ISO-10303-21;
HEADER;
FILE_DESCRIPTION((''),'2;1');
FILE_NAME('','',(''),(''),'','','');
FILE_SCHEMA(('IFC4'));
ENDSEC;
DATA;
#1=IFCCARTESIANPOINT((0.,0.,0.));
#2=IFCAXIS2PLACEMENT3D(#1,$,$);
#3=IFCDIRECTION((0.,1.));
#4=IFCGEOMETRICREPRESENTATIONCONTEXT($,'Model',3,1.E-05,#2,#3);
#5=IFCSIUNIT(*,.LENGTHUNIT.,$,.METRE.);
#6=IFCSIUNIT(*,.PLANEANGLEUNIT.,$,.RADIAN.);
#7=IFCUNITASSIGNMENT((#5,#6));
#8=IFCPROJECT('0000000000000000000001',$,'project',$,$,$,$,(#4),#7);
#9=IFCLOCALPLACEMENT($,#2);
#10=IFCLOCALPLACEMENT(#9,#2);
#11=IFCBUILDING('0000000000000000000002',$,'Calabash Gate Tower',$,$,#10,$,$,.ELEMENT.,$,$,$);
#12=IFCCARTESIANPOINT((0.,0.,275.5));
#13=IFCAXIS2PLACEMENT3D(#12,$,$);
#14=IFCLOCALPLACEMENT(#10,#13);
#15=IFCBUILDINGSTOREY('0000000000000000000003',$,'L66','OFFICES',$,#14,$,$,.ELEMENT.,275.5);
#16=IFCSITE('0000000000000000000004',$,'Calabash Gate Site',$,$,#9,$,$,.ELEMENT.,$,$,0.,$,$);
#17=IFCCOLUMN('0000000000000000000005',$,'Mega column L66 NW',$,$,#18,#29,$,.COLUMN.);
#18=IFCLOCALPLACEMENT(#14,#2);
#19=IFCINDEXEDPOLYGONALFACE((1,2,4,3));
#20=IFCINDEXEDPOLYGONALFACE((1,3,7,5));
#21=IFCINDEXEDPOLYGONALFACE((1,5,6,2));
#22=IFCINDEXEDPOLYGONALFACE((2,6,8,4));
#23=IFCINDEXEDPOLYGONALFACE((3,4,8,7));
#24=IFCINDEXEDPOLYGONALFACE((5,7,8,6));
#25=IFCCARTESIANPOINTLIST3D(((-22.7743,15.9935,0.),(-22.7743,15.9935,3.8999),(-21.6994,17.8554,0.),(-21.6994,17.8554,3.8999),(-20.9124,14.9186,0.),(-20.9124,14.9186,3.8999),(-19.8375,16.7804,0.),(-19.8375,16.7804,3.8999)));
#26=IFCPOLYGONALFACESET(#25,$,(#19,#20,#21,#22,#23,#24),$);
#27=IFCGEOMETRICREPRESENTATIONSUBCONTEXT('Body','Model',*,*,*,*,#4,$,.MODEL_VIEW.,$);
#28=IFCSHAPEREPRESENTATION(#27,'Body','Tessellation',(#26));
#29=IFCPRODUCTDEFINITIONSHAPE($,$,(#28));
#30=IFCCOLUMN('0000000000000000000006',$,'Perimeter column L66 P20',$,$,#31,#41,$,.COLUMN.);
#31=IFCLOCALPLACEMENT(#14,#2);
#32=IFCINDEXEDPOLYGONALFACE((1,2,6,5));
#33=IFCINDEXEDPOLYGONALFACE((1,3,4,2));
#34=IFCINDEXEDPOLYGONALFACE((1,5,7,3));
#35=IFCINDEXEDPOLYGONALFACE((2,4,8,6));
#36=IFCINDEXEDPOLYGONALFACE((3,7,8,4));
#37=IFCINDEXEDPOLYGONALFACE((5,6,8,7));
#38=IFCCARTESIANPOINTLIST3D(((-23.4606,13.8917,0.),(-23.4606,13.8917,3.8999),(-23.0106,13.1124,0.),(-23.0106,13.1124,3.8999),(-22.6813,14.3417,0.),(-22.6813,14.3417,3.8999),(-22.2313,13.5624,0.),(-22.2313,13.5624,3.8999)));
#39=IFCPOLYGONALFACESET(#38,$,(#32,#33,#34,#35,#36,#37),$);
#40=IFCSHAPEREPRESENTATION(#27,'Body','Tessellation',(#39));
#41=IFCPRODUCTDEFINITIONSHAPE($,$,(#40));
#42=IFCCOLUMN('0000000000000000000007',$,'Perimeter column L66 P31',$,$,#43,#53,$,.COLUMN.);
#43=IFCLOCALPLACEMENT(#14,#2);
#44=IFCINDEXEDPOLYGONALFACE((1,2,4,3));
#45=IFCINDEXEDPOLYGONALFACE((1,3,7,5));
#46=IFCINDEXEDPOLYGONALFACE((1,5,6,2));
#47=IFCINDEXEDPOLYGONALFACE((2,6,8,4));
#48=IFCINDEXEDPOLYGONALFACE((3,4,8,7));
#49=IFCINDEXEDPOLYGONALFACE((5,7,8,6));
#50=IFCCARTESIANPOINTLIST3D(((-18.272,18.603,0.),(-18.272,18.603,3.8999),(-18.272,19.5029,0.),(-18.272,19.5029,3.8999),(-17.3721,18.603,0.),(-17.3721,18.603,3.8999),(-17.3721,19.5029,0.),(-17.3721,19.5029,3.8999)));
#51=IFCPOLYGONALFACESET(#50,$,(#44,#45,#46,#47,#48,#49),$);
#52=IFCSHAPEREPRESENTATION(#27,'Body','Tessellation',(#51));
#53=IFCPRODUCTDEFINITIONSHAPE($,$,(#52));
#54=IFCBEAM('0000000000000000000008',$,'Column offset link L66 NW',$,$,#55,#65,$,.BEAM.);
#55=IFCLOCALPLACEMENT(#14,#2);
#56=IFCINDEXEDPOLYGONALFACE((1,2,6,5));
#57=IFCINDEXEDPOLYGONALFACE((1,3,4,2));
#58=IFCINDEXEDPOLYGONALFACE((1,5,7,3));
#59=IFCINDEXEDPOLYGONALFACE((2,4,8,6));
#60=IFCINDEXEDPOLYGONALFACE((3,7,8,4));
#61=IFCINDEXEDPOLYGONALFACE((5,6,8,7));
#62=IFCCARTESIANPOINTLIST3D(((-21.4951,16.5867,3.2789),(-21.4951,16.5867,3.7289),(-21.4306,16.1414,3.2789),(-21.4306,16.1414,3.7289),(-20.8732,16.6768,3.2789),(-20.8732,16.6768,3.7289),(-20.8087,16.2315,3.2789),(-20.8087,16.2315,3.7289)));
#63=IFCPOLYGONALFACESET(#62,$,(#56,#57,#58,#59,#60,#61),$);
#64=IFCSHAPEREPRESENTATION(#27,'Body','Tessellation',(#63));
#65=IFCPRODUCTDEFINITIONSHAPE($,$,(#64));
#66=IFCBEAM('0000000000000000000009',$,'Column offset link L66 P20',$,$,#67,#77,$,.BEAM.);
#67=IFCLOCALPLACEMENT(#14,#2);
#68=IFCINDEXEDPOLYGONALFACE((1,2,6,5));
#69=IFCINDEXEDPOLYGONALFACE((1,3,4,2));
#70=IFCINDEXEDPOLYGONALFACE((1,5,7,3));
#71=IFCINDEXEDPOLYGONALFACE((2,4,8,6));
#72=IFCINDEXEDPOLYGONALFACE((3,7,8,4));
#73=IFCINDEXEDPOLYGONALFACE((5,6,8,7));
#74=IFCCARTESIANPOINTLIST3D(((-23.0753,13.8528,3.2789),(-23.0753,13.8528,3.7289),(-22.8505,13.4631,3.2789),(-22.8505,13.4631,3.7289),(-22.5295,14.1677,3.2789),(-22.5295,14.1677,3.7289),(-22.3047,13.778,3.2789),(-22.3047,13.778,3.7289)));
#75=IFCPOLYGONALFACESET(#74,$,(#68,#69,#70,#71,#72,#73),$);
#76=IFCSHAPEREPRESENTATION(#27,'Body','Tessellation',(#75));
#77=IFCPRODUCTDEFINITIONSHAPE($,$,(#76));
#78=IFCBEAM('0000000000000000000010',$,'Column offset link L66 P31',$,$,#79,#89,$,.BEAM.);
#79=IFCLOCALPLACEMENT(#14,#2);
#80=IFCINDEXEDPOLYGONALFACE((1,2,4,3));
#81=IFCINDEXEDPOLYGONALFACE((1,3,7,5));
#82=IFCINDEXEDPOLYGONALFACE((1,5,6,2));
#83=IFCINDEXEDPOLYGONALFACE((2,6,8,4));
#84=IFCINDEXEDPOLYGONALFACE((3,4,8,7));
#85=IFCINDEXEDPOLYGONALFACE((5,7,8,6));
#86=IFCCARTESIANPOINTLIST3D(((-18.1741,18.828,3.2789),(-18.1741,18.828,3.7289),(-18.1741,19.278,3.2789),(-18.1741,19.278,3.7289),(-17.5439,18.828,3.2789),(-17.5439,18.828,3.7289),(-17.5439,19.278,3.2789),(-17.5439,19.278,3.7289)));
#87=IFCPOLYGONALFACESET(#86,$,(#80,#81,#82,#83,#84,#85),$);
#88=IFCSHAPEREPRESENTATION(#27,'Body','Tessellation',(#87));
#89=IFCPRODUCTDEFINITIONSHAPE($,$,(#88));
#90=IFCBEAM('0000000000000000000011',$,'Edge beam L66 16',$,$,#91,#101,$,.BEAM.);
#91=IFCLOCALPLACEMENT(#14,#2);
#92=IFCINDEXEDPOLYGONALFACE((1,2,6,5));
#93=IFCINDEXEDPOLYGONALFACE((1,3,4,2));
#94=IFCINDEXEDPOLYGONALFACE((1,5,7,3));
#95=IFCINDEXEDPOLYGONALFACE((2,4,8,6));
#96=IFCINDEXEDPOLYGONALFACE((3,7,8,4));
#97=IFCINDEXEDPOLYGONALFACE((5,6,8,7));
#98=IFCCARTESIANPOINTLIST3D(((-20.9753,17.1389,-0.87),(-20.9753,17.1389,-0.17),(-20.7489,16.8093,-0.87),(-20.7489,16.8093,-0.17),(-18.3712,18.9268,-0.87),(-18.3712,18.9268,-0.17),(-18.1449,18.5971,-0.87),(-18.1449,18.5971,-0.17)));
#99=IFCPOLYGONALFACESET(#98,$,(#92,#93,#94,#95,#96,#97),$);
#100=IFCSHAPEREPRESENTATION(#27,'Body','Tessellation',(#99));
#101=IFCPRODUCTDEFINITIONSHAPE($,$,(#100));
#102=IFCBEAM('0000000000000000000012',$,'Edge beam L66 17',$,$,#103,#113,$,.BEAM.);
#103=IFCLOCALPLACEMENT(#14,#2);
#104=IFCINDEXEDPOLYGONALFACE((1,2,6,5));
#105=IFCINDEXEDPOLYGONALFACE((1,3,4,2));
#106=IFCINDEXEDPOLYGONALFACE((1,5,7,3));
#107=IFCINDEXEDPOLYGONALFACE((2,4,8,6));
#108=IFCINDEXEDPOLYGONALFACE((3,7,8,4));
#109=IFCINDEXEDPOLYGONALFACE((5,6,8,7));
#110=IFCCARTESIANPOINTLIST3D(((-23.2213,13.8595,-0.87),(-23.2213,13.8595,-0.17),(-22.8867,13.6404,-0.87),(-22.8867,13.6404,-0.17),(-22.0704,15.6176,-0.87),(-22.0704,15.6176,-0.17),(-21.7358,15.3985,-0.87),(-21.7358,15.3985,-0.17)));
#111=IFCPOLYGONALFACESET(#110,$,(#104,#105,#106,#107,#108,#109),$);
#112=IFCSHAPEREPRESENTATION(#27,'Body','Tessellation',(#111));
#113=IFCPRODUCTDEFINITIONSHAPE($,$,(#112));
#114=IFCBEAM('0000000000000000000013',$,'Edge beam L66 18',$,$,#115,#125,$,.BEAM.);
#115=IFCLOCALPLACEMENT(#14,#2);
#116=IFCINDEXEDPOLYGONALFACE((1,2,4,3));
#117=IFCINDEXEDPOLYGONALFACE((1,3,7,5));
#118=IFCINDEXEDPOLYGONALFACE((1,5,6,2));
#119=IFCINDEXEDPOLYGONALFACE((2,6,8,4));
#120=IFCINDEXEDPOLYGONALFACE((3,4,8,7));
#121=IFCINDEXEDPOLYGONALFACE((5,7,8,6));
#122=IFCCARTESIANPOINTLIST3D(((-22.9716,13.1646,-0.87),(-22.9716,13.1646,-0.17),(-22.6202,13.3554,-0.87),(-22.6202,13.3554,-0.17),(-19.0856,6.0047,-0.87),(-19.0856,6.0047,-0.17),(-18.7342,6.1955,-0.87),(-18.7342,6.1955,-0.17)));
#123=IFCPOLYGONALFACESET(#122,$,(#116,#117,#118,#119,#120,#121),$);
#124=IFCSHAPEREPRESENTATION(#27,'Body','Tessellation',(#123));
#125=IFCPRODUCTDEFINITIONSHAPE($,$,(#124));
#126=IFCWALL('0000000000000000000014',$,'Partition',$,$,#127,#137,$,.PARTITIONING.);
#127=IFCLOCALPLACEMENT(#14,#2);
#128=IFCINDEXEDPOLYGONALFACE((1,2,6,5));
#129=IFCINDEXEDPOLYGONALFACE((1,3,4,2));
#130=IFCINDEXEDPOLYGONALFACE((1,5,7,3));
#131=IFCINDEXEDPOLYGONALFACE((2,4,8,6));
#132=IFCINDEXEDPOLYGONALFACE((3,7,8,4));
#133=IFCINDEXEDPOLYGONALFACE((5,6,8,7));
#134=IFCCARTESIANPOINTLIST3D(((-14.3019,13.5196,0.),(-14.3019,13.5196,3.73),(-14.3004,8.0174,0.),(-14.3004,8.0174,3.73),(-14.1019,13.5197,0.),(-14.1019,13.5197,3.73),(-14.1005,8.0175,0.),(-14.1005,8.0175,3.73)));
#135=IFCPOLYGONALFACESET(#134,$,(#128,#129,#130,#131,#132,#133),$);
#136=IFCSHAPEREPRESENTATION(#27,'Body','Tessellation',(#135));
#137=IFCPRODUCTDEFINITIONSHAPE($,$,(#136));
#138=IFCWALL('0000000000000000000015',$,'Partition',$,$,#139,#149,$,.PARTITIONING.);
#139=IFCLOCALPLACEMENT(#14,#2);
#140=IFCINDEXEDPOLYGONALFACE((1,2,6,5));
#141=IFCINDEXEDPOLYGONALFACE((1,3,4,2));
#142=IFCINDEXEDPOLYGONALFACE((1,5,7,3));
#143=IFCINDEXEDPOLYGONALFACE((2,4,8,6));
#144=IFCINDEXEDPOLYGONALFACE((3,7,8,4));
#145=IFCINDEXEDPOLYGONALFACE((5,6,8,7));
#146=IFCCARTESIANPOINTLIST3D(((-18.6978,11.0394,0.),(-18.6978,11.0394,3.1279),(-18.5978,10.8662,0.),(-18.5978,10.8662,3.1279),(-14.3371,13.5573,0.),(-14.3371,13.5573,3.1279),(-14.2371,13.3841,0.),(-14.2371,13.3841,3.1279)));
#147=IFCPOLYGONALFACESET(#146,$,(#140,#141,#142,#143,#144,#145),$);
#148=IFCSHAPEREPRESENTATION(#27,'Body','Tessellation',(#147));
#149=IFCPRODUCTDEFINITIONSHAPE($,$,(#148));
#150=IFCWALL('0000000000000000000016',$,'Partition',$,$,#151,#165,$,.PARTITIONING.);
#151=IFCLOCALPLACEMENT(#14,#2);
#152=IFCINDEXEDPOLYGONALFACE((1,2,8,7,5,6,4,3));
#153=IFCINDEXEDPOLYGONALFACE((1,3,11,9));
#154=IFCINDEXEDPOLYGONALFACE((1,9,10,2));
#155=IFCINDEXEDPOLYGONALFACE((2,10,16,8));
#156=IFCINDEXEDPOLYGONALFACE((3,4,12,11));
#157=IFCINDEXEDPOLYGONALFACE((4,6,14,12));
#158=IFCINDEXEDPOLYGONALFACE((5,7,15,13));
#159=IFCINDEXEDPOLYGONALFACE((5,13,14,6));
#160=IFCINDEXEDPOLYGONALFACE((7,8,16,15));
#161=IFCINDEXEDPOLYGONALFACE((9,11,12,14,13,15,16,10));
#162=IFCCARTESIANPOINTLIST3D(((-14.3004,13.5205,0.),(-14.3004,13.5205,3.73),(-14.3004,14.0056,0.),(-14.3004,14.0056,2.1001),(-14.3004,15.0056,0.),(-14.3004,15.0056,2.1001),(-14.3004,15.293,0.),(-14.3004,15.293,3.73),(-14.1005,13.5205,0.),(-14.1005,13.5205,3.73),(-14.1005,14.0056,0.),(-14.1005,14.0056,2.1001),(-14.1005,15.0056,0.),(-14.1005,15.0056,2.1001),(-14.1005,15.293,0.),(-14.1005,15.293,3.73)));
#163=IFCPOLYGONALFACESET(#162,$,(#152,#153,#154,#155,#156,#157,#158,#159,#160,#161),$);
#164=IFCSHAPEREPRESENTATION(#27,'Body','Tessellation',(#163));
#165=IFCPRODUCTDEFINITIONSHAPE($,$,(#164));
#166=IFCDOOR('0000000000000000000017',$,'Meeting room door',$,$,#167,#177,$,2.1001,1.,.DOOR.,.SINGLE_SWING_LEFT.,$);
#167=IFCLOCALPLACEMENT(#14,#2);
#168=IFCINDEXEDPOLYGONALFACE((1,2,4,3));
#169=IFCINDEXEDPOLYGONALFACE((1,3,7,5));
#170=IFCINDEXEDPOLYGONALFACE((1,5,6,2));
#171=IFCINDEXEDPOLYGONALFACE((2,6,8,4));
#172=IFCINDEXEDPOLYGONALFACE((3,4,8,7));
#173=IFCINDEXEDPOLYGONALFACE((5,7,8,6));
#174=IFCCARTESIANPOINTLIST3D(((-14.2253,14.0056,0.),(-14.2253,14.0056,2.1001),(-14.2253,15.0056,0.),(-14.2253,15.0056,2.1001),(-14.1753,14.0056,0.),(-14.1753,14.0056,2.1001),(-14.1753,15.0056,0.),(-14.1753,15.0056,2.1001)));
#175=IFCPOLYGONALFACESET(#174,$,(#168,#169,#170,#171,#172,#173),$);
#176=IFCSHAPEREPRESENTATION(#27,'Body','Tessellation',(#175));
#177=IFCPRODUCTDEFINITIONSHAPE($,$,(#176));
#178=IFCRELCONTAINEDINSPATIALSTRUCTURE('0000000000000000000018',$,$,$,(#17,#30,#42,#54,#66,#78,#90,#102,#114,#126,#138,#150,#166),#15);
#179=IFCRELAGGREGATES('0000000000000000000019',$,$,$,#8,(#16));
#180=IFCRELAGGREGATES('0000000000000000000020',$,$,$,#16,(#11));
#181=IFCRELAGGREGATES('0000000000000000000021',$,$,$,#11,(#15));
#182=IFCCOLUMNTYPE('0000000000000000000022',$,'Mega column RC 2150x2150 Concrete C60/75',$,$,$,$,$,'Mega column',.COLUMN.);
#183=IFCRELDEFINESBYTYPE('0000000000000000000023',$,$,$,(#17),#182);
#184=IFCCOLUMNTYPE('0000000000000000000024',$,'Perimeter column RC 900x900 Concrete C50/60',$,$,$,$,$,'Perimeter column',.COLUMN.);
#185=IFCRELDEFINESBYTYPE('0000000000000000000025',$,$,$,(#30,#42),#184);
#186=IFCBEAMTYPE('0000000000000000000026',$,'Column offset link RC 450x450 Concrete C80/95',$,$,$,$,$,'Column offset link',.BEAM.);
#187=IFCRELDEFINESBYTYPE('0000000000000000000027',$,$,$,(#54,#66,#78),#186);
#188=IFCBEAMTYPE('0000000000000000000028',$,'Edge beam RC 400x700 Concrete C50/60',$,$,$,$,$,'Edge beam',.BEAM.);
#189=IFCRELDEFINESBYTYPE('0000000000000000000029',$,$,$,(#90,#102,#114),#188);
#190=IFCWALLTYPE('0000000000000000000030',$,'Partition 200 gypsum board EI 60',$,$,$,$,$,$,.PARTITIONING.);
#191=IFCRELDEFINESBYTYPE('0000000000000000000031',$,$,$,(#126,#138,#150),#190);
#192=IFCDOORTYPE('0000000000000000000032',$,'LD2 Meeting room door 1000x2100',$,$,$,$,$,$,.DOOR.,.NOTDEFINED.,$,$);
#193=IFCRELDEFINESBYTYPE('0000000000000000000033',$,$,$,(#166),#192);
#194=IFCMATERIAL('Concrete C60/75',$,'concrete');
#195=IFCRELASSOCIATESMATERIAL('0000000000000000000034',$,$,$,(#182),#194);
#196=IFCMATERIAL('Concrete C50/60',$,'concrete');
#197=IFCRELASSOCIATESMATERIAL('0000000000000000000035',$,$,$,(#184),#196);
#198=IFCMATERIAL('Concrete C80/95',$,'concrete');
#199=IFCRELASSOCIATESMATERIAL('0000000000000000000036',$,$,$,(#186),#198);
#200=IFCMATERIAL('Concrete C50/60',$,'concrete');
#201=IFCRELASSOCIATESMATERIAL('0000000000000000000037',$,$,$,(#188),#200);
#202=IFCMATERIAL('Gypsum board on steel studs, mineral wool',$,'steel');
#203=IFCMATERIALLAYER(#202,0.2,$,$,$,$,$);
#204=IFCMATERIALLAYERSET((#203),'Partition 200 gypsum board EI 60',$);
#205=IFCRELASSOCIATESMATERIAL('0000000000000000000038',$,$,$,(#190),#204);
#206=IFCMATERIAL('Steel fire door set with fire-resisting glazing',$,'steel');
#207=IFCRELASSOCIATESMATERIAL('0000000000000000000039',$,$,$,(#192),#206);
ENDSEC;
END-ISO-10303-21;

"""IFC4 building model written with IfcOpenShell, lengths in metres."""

from ifc_helpers import new_model, si_unit, direction, frame, frame_2d, origin, origin_2d, place, context, subcontext, project, spatial, rectangle, extrude, material, layer, layer_set, material_profile, profile_set, type_object, element, fill, save


model = new_model("IFC4")

# Units and contexts
model_context = context("Model", 3, precision=1e-05, world=origin(), true_north=direction((0.0, 1.0)))
body_context = subcontext(model_context, "Body", "Model", "MODEL_VIEW")
ifc_project = project(units=[si_unit("LENGTHUNIT", "METRE"), si_unit("PLANEANGLEUNIT", "RADIAN")], contexts=[model_context])

# Site, building, storey
site_placement = place(None, origin())
site = spatial("IfcSite", under=ifc_project, at=site_placement, Name="Calabash Gate Site", CompositionType="ELEMENT", RefElevation=0.0)
building_placement = place(site_placement, origin())
building = spatial("IfcBuilding", under=site, at=building_placement, Name="Calabash Gate Tower", CompositionType="ELEMENT")
storey_placement = place(building_placement, frame((0.0, 0.0, 275.5)))
storey = spatial("IfcBuildingStorey", under=building, at=storey_placement, Name="L66", Description="OFFICES", CompositionType="ELEMENT", Elevation=275.5)

# Columns
ifc_material_1 = material(Name="Concrete C60/75", Category="concrete")
ifc_material_profile_1 = material_profile(ifc_material_1, rectangle(XDim=2.1499, YDim=2.1499, at=origin_2d()))
ifc_profile_set_1 = profile_set([ifc_material_profile_1], Name="Concrete C60/75")
column_type_1 = type_object("IfcColumnType", Name="Mega column RC 2150x2150 Concrete C60/75", ElementType="Mega column", PredefinedType="COLUMN", material=ifc_profile_set_1)
column_placement = place(storey_placement, frame((-21.3059, 16.387, 0.0), z_axis=(0.0, 0.0, 1.0), x_axis=(0.866025, -0.5, 0.0)))
element("IfcColumn", 1, at=column_placement, inside=storey, type_object=column_type_1, Name="Mega column L66 NW", PredefinedType="COLUMN", context=body_context, shape_type="SweptSolid", body=[
    extrude(rectangle(XDim=2.1499, YDim=2.1499, at=origin_2d()), origin(), (0.0, 0.0, 1.0), 3.8999),
])
ifc_material_2 = material(Name="Concrete C50/60", Category="concrete")
ifc_material_profile_2 = material_profile(ifc_material_2, rectangle(XDim=0.8999, YDim=0.8999, at=origin_2d()))
ifc_profile_set_2 = profile_set([ifc_material_profile_2], Name="Concrete C50/60")
column_type_2 = type_object("IfcColumnType", Name="Perimeter column RC 900x900 Concrete C50/60", ElementType="Perimeter column", PredefinedType="COLUMN", material=ifc_profile_set_2)
for number, where, z_axis, x_axis, name in (
    (2, (-22.8459, 13.7271, 0.0), (0.0, 0.0, 1.0), (0.5, -0.866025, 0.0), "Perimeter column L66 P20"),
    (3, (-17.822, 19.053, 0.0), (0.0, 0.0, 1.0), (-1.0, 0.0, 0.0), "Perimeter column L66 P31"),
):
    element("IfcColumn", number, at=place(storey_placement, frame(where, z_axis=z_axis, x_axis=x_axis)), inside=storey, type_object=column_type_2, Name=name, PredefinedType="COLUMN", context=body_context, shape_type="SweptSolid", body=[
        extrude(rectangle(XDim=0.8999, YDim=0.8999, at=origin_2d()), origin(), (0.0, 0.0, 1.0), 3.8999),
    ])

# Beams
ifc_material_3 = material(Name="Concrete C80/95", Category="concrete")
ifc_material_profile_3 = material_profile(ifc_material_3, rectangle(XDim=0.45, YDim=0.45, at=origin_2d()))
ifc_profile_set_3 = profile_set([ifc_material_profile_3], Name="Concrete C80/95")
beam_type_1 = type_object("IfcBeamType", Name="Column offset link RC 450x450 Concrete C80/95", ElementType="Column offset link", PredefinedType="BEAM", material=ifc_profile_set_3)
beam_1_placement = place(storey_placement, frame((-21.4629, 16.364, 3.5039), z_axis=(0.989668, 0.143379, 0.0), x_axis=(-0.143379, 0.989668, 0.0)))
element("IfcBeam", 4, at=beam_1_placement, inside=storey, type_object=beam_type_1, Name="Column offset link L66 NW", PredefinedType="BEAM", context=body_context, shape_type="SweptSolid", body=[
    extrude(rectangle(XDim=0.45, YDim=0.45, at=origin_2d()), origin(), (0.0, 0.0, 1.0), 0.6284),
])
for number, where, z_axis, x_axis, name in (
    (5, (-22.9629, 13.658, 3.5039), (0.866186, 0.499722, 0.0), (-0.499722, 0.866186, 0.0), "Column offset link L66 P20"),
    (6, (-18.1741, 19.053, 3.5039), (1.0, 0.0, 0.0), (0.0, 1.0, 0.0), "Column offset link L66 P31"),
):
    element("IfcBeam", number, at=place(storey_placement, frame(where, z_axis=z_axis, x_axis=x_axis)), inside=storey, type_object=beam_type_1, Name=name, PredefinedType="BEAM", context=body_context, shape_type="SweptSolid", body=[
        extrude(rectangle(XDim=0.45, YDim=0.45, at=origin_2d()), origin(), (0.0, 0.0, 1.0), 0.6301),
    ])
ifc_material_4 = material(Name="Concrete C50/60", Category="concrete")
ifc_material_profile_4 = material_profile(ifc_material_4, rectangle(XDim=0.3999, YDim=0.7, at=origin_2d()))
ifc_profile_set_4 = profile_set([ifc_material_profile_4], Name="Concrete C50/60")
beam_type_2 = type_object("IfcBeamType", Name="Edge beam RC 400x700 Concrete C50/60", ElementType="Edge beam", PredefinedType="BEAM", material=ifc_profile_set_4)
beam_2_placement = place(storey_placement, frame((-18.2581, 18.762, -0.52), z_axis=(-0.824398, -0.56601, 0.0), x_axis=(0.56601, -0.824398, 0.0)))
element("IfcBeam", 7, at=beam_2_placement, inside=storey, type_object=beam_type_2, Name="Edge beam L66 16", PredefinedType="BEAM", context=body_context, shape_type="SweptSolid", body=[
    extrude(rectangle(XDim=0.3999, YDim=0.7, at=origin_2d()), origin(), (0.0, 0.0, 1.0), 3.1587),
])
beam_3_placement = place(storey_placement, frame((-21.9031, 15.5081, -0.52), z_axis=(-0.547709, -0.836669, 0.0), x_axis=(0.836669, -0.547709, 0.0)))
element("IfcBeam", 8, at=beam_3_placement, inside=storey, type_object=beam_type_2, Name="Edge beam L66 17", PredefinedType="BEAM", context=body_context, shape_type="SweptSolid", body=[
    extrude(rectangle(XDim=0.3999, YDim=0.7, at=origin_2d()), origin(), (0.0, 0.0, 1.0), 2.1013),
])
beam_4_placement = place(storey_placement, frame((-22.7959, 13.26, -0.52), z_axis=(0.477014, -0.878896, 0.0), x_axis=(0.878896, 0.477014, 0.0)))
element("IfcBeam", 9, at=beam_4_placement, inside=storey, type_object=beam_type_2, Name="Edge beam L66 18", PredefinedType="BEAM", context=body_context, shape_type="SweptSolid", body=[
    extrude(rectangle(XDim=0.3999, YDim=0.7, at=origin_2d()), origin(), (0.0, 0.0, 1.0), 8.1465),
])

# Walls
ifc_material_5 = material(Name="Gypsum board on steel studs, mineral wool", Category="steel")
ifc_layer_1 = layer(ifc_material_5, 0.2)
ifc_layer_set_1 = layer_set([ifc_layer_1], Name="Partition 200 gypsum board EI 60")
wall_type_1 = type_object("IfcWallType", Name="Partition 200 gypsum board EI 60", PredefinedType="PARTITIONING", material=ifc_layer_set_1)
wall_1_placement = place(storey_placement, frame((-14.2019, 13.5195, 0.0), z_axis=(0.0, 0.0, 1.0), x_axis=(0.000266, -1.0, 0.0)))
element("IfcWall", 10, at=wall_1_placement, inside=storey, type_object=wall_type_1, Name="Partition", PredefinedType="PARTITIONING", context=body_context, shape_type="SweptSolid", body=[
    extrude(rectangle(XDim=5.5022, YDim=0.2, at=frame_2d((2.751, 0.0))), origin(), (0.0, 0.0, 1.0), 3.73),
])
wall_2_placement = place(storey_placement, frame((-18.6477, 10.9529, 0.0), z_axis=(0.0, 0.0, 1.0), x_axis=(0.866006, 0.500034, 0.0)))
element("IfcWall", 11, at=wall_2_placement, inside=storey, type_object=wall_type_1, Name="Partition", PredefinedType="PARTITIONING", context=body_context, shape_type="SweptSolid", body=[
    extrude(rectangle(XDim=5.0354, YDim=0.2, at=frame_2d((2.5176, 0.0))), origin(), (0.0, 0.0, 1.0), 3.1279),
])

# Wall, opening, door
wall_3_placement = place(storey_placement, frame((-14.2004, 13.5205, 0.0), z_axis=(0.0, 0.0, 1.0), x_axis=(0.0, 1.0, 0.0)))
wall_3 = element("IfcWall", 12, at=wall_3_placement, inside=storey, type_object=wall_type_1, Name="Partition", PredefinedType="PARTITIONING", context=body_context, shape_type="SweptSolid", body=[
    extrude(rectangle(XDim=1.7725, YDim=0.2, at=frame_2d((0.8862, 0.0))), origin(), (0.0, 0.0, 1.0), 3.73),
])
opening_1_placement = place(wall_3_placement, frame((0.4851, 0.0, 0.0)))
opening_1 = element("IfcOpeningElement", 13, at=opening_1_placement, cuts=wall_3, PredefinedType="OPENING", context=body_context, shape_type="SweptSolid", body=[
    extrude(rectangle(XDim=1.0, YDim=2.1001, at=frame_2d((0.5, 1.05))), frame((0.0, 0.1099, 0.0), z_axis=(0.0, -1.0, 0.0), x_axis=(1.0, 0.0, 0.0)), (0.0, 0.0, 1.0), 0.22),
])
ifc_material_6 = material(Name="Steel fire door set with fire-resisting glazing", Category="steel")
door_type_1 = type_object("IfcDoorType", Name="LD2 Meeting room door 1000x2100", OperationType="NOTDEFINED", PredefinedType="DOOR", material=ifc_material_6)
door_1_placement = place(opening_1_placement, origin())
door_1 = element("IfcDoor", 14, at=door_1_placement, inside=storey, type_object=door_type_1, Name="Meeting room door", OperationType="SINGLE_SWING_LEFT", OverallHeight=2.1001, OverallWidth=1.0, PredefinedType="DOOR", context=body_context, shape_type="SweptSolid", body=[
    extrude(rectangle(XDim=1.0, YDim=2.1001, at=frame_2d((0.5, 1.05))), frame((0.0, 0.0249, 0.0), z_axis=(0.0, -1.0, 0.0), x_axis=(1.0, 0.0, 0.0)), (0.0, 0.0, 1.0), 0.05),
])
fill(opening_1, door_1)

save(model, "model.ifc")
